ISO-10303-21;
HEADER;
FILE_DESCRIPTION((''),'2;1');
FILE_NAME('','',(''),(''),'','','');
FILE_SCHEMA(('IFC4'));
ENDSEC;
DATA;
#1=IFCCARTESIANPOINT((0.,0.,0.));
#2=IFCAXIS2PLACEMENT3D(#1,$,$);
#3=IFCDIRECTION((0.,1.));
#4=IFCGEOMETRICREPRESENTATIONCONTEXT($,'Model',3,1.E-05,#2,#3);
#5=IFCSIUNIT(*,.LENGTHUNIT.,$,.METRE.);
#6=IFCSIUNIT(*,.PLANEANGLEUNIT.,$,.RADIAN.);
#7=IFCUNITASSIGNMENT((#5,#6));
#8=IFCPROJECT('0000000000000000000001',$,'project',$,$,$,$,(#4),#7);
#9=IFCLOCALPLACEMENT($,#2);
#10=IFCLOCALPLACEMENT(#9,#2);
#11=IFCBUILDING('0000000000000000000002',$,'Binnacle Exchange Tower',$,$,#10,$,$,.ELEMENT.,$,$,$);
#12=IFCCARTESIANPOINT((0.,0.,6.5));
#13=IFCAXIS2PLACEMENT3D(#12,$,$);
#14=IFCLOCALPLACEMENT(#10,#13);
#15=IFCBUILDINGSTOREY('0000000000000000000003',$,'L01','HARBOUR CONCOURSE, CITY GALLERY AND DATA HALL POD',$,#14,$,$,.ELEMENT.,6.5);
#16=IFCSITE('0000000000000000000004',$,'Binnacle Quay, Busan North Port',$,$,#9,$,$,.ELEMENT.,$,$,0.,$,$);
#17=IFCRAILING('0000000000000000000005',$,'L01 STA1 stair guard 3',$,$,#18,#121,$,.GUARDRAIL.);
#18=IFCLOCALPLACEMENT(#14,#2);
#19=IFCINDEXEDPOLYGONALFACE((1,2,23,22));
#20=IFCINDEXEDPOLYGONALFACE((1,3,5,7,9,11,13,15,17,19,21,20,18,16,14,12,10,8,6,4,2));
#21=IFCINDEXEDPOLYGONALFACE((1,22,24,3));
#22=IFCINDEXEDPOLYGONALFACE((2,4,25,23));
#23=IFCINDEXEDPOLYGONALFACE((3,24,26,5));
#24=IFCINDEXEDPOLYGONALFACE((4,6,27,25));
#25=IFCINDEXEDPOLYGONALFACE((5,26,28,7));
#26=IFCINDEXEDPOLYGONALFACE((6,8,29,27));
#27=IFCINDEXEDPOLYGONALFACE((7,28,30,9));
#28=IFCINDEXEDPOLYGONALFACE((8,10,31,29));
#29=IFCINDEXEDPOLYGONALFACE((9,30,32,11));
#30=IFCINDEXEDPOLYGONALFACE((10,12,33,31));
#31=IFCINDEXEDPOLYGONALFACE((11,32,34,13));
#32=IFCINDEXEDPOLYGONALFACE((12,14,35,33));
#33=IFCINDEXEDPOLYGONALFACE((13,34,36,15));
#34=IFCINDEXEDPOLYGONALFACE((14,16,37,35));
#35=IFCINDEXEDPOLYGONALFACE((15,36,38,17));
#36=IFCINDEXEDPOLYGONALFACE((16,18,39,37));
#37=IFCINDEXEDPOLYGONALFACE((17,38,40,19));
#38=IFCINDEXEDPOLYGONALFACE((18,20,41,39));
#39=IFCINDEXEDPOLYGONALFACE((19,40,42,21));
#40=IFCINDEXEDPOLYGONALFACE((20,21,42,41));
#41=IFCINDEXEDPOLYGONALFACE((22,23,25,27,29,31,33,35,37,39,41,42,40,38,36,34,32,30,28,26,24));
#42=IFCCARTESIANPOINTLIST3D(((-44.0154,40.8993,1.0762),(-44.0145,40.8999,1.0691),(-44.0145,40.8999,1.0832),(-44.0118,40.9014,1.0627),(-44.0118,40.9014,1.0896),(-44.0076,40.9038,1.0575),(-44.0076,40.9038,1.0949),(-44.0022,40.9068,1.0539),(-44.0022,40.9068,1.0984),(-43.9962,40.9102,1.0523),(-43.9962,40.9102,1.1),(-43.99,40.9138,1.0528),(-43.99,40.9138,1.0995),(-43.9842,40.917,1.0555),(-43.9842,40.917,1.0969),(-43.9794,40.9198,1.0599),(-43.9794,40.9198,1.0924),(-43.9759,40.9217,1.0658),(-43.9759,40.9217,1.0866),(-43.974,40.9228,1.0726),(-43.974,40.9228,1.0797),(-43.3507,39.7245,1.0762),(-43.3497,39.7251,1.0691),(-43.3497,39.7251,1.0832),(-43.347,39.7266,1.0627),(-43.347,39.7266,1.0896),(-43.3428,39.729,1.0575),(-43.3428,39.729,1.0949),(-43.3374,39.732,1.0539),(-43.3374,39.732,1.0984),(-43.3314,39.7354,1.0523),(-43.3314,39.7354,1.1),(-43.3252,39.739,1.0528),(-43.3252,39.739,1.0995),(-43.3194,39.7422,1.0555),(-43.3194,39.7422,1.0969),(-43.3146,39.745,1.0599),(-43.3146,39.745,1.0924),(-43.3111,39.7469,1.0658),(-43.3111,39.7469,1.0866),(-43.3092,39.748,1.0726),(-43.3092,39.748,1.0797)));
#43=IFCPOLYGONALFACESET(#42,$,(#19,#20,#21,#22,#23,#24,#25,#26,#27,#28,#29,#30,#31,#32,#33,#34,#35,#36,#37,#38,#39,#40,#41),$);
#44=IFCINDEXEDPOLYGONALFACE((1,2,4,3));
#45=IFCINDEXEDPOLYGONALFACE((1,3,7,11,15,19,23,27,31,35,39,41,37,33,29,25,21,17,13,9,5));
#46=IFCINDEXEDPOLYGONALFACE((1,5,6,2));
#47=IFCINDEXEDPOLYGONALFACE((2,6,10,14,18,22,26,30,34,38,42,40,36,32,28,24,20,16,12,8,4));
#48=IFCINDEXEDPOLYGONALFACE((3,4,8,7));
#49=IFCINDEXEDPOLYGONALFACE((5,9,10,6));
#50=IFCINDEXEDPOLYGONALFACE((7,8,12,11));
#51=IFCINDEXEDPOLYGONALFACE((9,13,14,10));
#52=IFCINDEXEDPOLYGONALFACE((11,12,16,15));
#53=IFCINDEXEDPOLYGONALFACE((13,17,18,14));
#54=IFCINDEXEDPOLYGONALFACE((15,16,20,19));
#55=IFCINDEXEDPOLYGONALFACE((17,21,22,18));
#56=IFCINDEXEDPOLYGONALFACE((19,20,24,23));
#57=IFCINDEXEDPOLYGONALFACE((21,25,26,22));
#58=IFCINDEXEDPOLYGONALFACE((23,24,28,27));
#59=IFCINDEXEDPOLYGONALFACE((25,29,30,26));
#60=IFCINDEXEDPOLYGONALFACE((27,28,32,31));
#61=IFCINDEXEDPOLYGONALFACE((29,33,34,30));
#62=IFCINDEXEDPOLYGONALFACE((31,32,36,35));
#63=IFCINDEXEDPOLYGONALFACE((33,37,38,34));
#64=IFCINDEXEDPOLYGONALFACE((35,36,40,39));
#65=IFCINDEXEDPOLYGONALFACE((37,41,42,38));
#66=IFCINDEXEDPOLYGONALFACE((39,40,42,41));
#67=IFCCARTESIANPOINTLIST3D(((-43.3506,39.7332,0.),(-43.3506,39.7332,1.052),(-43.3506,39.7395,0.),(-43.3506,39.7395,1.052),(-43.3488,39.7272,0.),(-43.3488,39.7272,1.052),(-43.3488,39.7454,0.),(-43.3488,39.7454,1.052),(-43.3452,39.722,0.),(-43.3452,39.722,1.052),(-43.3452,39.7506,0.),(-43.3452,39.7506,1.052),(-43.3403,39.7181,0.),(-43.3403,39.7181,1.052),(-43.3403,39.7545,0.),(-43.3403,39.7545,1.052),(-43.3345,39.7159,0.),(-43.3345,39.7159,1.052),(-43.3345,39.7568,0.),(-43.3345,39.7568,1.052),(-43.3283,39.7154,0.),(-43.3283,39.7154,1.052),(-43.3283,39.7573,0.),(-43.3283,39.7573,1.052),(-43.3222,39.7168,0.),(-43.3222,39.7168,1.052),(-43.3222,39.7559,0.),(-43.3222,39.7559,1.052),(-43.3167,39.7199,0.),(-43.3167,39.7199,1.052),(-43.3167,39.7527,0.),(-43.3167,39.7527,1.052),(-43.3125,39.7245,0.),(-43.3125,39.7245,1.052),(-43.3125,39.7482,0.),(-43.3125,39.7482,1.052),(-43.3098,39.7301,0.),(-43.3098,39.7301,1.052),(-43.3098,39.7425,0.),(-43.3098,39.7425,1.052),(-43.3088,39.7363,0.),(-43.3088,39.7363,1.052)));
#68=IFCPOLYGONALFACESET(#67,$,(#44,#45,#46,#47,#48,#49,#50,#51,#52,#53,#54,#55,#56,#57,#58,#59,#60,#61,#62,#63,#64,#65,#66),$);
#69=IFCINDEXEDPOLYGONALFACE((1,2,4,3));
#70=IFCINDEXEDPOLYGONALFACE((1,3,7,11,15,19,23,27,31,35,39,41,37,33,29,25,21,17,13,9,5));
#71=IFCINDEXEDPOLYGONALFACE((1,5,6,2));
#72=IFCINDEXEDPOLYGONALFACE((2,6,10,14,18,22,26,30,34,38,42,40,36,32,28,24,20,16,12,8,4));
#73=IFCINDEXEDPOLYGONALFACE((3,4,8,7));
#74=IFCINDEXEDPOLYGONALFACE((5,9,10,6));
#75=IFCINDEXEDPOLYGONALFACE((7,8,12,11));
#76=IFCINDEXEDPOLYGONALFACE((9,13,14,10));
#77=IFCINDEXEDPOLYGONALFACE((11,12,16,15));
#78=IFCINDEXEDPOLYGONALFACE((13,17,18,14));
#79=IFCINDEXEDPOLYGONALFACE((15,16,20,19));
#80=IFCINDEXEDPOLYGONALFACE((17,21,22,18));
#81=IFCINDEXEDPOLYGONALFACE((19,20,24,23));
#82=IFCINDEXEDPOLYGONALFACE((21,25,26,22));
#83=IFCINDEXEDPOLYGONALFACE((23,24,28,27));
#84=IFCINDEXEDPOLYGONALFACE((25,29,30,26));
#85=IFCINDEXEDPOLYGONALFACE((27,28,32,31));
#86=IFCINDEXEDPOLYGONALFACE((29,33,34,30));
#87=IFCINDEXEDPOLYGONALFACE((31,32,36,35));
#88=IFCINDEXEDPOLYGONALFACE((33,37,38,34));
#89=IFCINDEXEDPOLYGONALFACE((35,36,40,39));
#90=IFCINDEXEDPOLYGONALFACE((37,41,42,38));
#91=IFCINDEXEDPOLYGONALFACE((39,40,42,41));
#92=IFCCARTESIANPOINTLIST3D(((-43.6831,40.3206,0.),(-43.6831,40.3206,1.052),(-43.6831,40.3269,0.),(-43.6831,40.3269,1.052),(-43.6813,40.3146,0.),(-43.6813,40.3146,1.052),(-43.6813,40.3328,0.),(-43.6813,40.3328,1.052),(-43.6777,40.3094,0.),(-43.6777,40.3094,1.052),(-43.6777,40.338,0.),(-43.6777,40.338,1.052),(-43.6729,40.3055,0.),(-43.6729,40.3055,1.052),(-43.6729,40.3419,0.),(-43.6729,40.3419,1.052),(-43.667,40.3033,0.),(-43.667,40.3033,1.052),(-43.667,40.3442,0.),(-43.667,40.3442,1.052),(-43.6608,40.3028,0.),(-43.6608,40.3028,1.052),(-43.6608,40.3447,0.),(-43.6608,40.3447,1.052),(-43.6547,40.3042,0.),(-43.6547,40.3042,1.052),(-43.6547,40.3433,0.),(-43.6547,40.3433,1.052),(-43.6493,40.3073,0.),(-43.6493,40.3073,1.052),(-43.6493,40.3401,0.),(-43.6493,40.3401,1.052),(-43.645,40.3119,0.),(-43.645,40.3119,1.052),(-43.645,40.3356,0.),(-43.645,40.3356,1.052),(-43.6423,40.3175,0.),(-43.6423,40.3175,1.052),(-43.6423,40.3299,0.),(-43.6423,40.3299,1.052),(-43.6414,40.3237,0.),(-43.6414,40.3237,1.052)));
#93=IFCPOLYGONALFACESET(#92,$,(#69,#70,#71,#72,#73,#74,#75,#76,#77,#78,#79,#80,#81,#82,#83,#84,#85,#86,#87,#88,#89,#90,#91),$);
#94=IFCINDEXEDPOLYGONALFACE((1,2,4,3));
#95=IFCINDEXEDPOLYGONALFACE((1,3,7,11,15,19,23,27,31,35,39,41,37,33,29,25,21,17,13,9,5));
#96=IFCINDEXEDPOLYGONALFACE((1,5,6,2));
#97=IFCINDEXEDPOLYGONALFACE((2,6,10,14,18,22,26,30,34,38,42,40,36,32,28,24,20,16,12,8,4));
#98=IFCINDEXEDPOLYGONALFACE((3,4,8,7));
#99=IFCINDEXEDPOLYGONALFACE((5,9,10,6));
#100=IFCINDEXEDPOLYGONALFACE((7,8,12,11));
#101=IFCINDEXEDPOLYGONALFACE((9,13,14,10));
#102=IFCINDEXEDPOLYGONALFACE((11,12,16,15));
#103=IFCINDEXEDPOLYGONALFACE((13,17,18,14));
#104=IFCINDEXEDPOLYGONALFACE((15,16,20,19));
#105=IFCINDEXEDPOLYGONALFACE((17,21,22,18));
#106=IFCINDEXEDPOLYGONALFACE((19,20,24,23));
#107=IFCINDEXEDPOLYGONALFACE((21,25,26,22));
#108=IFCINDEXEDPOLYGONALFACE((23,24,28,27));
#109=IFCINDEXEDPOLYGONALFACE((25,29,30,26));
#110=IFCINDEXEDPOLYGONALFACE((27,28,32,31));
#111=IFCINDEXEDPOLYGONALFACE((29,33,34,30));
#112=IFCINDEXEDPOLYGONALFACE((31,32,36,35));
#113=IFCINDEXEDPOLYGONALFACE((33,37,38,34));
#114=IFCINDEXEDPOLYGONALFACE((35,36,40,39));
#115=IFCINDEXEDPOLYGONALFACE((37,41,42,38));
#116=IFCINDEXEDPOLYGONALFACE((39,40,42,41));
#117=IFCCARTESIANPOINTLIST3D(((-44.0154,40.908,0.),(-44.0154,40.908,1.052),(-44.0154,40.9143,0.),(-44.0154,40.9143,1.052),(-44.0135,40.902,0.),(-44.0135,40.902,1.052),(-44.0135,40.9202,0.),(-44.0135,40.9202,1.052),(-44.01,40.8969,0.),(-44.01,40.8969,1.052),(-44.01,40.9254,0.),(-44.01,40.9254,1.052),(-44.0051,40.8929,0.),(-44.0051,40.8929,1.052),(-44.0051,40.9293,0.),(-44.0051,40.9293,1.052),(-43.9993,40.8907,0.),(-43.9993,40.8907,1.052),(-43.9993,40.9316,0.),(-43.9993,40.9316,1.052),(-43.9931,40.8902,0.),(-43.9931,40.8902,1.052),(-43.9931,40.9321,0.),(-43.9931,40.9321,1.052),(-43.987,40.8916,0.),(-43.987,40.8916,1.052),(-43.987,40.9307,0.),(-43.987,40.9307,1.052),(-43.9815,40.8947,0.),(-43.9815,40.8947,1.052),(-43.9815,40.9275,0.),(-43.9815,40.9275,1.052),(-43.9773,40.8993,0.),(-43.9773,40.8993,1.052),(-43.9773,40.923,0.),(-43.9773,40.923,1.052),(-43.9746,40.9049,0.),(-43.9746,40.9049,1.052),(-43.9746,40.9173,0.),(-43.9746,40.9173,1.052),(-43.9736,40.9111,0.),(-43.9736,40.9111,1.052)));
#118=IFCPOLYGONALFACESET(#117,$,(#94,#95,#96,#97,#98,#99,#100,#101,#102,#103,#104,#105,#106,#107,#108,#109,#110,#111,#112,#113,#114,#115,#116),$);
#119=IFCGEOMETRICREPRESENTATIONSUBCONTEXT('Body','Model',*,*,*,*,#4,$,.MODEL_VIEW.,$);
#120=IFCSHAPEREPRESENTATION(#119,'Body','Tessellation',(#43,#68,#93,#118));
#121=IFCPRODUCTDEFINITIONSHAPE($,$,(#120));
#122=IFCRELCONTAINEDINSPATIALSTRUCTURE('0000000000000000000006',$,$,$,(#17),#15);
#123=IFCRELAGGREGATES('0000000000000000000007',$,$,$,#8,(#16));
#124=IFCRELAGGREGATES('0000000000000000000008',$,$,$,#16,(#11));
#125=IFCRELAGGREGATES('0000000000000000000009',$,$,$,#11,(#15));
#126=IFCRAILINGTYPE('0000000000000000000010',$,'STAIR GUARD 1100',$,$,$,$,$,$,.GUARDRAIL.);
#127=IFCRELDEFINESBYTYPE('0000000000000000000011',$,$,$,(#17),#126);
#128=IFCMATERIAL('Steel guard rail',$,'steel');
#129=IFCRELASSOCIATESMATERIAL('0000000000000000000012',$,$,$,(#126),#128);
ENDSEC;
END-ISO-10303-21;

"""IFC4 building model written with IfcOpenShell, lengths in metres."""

from ifc_helpers import new_model, si_unit, direction, frame, origin, origin_2d, place, context, subcontext, project, spatial, circle, extrude, material, type_object, element, save


model = new_model("IFC4")

# Units and contexts
model_context = context("Model", 3, precision=1e-05, world=origin(), true_north=direction((0.0, 1.0)))
body_context = subcontext(model_context, "Body", "Model", "MODEL_VIEW")
ifc_project = project(units=[si_unit("LENGTHUNIT", "METRE"), si_unit("PLANEANGLEUNIT", "RADIAN")], contexts=[model_context])

# Site, building, storey
site_placement = place(None, origin())
site = spatial("IfcSite", under=ifc_project, at=site_placement, Name="Binnacle Quay, Busan North Port", CompositionType="ELEMENT", RefElevation=0.0)
building_placement = place(site_placement, origin())
building = spatial("IfcBuilding", under=site, at=building_placement, Name="Binnacle Exchange Tower", CompositionType="ELEMENT")
storey_placement = place(building_placement, frame((0.0, 0.0, 6.5)))
storey = spatial("IfcBuildingStorey", under=building, at=storey_placement, Name="L01", Description="HARBOUR CONCOURSE, CITY GALLERY AND DATA HALL POD", CompositionType="ELEMENT", Elevation=6.5)

# Railing
ifc_material_1 = material(Name="Steel guard rail", Category="steel")
railing_type_1 = type_object("IfcRailingType", Name="STAIR GUARD 1100", PredefinedType="GUARDRAIL", material=ifc_material_1)
railing_1_placement = place(storey_placement, frame((-43.3298, 39.7363, 0.0)))
element("IfcRailing", 1, at=railing_1_placement, inside=storey, type_object=railing_type_1, Name="L01 STA1 stair guard 3", PredefinedType="GUARDRAIL", context=body_context, shape_type="SweptSolid", body=[
    extrude(circle(Radius=0.0239, at=origin_2d()), frame((0.0, 0.0, 1.0762), z_axis=(-0.492492, 0.870317, 0.0), x_axis=(-0.870317, -0.492492, 0.0)), (0.0, 0.0, 1.0), 1.3499),
    extrude(circle(Radius=0.021, at=origin_2d()), origin(), (0.0, 0.0, 1.0), 1.052),
    extrude(circle(Radius=0.021, at=origin_2d()), frame((-0.3325, 0.5874, 0.0)), (0.0, 0.0, 1.0), 1.052),
    extrude(circle(Radius=0.021, at=origin_2d()), frame((-0.6648, 1.1748, 0.0)), (0.0, 0.0, 1.0), 1.052),
])

save(model, "model.ifc")
